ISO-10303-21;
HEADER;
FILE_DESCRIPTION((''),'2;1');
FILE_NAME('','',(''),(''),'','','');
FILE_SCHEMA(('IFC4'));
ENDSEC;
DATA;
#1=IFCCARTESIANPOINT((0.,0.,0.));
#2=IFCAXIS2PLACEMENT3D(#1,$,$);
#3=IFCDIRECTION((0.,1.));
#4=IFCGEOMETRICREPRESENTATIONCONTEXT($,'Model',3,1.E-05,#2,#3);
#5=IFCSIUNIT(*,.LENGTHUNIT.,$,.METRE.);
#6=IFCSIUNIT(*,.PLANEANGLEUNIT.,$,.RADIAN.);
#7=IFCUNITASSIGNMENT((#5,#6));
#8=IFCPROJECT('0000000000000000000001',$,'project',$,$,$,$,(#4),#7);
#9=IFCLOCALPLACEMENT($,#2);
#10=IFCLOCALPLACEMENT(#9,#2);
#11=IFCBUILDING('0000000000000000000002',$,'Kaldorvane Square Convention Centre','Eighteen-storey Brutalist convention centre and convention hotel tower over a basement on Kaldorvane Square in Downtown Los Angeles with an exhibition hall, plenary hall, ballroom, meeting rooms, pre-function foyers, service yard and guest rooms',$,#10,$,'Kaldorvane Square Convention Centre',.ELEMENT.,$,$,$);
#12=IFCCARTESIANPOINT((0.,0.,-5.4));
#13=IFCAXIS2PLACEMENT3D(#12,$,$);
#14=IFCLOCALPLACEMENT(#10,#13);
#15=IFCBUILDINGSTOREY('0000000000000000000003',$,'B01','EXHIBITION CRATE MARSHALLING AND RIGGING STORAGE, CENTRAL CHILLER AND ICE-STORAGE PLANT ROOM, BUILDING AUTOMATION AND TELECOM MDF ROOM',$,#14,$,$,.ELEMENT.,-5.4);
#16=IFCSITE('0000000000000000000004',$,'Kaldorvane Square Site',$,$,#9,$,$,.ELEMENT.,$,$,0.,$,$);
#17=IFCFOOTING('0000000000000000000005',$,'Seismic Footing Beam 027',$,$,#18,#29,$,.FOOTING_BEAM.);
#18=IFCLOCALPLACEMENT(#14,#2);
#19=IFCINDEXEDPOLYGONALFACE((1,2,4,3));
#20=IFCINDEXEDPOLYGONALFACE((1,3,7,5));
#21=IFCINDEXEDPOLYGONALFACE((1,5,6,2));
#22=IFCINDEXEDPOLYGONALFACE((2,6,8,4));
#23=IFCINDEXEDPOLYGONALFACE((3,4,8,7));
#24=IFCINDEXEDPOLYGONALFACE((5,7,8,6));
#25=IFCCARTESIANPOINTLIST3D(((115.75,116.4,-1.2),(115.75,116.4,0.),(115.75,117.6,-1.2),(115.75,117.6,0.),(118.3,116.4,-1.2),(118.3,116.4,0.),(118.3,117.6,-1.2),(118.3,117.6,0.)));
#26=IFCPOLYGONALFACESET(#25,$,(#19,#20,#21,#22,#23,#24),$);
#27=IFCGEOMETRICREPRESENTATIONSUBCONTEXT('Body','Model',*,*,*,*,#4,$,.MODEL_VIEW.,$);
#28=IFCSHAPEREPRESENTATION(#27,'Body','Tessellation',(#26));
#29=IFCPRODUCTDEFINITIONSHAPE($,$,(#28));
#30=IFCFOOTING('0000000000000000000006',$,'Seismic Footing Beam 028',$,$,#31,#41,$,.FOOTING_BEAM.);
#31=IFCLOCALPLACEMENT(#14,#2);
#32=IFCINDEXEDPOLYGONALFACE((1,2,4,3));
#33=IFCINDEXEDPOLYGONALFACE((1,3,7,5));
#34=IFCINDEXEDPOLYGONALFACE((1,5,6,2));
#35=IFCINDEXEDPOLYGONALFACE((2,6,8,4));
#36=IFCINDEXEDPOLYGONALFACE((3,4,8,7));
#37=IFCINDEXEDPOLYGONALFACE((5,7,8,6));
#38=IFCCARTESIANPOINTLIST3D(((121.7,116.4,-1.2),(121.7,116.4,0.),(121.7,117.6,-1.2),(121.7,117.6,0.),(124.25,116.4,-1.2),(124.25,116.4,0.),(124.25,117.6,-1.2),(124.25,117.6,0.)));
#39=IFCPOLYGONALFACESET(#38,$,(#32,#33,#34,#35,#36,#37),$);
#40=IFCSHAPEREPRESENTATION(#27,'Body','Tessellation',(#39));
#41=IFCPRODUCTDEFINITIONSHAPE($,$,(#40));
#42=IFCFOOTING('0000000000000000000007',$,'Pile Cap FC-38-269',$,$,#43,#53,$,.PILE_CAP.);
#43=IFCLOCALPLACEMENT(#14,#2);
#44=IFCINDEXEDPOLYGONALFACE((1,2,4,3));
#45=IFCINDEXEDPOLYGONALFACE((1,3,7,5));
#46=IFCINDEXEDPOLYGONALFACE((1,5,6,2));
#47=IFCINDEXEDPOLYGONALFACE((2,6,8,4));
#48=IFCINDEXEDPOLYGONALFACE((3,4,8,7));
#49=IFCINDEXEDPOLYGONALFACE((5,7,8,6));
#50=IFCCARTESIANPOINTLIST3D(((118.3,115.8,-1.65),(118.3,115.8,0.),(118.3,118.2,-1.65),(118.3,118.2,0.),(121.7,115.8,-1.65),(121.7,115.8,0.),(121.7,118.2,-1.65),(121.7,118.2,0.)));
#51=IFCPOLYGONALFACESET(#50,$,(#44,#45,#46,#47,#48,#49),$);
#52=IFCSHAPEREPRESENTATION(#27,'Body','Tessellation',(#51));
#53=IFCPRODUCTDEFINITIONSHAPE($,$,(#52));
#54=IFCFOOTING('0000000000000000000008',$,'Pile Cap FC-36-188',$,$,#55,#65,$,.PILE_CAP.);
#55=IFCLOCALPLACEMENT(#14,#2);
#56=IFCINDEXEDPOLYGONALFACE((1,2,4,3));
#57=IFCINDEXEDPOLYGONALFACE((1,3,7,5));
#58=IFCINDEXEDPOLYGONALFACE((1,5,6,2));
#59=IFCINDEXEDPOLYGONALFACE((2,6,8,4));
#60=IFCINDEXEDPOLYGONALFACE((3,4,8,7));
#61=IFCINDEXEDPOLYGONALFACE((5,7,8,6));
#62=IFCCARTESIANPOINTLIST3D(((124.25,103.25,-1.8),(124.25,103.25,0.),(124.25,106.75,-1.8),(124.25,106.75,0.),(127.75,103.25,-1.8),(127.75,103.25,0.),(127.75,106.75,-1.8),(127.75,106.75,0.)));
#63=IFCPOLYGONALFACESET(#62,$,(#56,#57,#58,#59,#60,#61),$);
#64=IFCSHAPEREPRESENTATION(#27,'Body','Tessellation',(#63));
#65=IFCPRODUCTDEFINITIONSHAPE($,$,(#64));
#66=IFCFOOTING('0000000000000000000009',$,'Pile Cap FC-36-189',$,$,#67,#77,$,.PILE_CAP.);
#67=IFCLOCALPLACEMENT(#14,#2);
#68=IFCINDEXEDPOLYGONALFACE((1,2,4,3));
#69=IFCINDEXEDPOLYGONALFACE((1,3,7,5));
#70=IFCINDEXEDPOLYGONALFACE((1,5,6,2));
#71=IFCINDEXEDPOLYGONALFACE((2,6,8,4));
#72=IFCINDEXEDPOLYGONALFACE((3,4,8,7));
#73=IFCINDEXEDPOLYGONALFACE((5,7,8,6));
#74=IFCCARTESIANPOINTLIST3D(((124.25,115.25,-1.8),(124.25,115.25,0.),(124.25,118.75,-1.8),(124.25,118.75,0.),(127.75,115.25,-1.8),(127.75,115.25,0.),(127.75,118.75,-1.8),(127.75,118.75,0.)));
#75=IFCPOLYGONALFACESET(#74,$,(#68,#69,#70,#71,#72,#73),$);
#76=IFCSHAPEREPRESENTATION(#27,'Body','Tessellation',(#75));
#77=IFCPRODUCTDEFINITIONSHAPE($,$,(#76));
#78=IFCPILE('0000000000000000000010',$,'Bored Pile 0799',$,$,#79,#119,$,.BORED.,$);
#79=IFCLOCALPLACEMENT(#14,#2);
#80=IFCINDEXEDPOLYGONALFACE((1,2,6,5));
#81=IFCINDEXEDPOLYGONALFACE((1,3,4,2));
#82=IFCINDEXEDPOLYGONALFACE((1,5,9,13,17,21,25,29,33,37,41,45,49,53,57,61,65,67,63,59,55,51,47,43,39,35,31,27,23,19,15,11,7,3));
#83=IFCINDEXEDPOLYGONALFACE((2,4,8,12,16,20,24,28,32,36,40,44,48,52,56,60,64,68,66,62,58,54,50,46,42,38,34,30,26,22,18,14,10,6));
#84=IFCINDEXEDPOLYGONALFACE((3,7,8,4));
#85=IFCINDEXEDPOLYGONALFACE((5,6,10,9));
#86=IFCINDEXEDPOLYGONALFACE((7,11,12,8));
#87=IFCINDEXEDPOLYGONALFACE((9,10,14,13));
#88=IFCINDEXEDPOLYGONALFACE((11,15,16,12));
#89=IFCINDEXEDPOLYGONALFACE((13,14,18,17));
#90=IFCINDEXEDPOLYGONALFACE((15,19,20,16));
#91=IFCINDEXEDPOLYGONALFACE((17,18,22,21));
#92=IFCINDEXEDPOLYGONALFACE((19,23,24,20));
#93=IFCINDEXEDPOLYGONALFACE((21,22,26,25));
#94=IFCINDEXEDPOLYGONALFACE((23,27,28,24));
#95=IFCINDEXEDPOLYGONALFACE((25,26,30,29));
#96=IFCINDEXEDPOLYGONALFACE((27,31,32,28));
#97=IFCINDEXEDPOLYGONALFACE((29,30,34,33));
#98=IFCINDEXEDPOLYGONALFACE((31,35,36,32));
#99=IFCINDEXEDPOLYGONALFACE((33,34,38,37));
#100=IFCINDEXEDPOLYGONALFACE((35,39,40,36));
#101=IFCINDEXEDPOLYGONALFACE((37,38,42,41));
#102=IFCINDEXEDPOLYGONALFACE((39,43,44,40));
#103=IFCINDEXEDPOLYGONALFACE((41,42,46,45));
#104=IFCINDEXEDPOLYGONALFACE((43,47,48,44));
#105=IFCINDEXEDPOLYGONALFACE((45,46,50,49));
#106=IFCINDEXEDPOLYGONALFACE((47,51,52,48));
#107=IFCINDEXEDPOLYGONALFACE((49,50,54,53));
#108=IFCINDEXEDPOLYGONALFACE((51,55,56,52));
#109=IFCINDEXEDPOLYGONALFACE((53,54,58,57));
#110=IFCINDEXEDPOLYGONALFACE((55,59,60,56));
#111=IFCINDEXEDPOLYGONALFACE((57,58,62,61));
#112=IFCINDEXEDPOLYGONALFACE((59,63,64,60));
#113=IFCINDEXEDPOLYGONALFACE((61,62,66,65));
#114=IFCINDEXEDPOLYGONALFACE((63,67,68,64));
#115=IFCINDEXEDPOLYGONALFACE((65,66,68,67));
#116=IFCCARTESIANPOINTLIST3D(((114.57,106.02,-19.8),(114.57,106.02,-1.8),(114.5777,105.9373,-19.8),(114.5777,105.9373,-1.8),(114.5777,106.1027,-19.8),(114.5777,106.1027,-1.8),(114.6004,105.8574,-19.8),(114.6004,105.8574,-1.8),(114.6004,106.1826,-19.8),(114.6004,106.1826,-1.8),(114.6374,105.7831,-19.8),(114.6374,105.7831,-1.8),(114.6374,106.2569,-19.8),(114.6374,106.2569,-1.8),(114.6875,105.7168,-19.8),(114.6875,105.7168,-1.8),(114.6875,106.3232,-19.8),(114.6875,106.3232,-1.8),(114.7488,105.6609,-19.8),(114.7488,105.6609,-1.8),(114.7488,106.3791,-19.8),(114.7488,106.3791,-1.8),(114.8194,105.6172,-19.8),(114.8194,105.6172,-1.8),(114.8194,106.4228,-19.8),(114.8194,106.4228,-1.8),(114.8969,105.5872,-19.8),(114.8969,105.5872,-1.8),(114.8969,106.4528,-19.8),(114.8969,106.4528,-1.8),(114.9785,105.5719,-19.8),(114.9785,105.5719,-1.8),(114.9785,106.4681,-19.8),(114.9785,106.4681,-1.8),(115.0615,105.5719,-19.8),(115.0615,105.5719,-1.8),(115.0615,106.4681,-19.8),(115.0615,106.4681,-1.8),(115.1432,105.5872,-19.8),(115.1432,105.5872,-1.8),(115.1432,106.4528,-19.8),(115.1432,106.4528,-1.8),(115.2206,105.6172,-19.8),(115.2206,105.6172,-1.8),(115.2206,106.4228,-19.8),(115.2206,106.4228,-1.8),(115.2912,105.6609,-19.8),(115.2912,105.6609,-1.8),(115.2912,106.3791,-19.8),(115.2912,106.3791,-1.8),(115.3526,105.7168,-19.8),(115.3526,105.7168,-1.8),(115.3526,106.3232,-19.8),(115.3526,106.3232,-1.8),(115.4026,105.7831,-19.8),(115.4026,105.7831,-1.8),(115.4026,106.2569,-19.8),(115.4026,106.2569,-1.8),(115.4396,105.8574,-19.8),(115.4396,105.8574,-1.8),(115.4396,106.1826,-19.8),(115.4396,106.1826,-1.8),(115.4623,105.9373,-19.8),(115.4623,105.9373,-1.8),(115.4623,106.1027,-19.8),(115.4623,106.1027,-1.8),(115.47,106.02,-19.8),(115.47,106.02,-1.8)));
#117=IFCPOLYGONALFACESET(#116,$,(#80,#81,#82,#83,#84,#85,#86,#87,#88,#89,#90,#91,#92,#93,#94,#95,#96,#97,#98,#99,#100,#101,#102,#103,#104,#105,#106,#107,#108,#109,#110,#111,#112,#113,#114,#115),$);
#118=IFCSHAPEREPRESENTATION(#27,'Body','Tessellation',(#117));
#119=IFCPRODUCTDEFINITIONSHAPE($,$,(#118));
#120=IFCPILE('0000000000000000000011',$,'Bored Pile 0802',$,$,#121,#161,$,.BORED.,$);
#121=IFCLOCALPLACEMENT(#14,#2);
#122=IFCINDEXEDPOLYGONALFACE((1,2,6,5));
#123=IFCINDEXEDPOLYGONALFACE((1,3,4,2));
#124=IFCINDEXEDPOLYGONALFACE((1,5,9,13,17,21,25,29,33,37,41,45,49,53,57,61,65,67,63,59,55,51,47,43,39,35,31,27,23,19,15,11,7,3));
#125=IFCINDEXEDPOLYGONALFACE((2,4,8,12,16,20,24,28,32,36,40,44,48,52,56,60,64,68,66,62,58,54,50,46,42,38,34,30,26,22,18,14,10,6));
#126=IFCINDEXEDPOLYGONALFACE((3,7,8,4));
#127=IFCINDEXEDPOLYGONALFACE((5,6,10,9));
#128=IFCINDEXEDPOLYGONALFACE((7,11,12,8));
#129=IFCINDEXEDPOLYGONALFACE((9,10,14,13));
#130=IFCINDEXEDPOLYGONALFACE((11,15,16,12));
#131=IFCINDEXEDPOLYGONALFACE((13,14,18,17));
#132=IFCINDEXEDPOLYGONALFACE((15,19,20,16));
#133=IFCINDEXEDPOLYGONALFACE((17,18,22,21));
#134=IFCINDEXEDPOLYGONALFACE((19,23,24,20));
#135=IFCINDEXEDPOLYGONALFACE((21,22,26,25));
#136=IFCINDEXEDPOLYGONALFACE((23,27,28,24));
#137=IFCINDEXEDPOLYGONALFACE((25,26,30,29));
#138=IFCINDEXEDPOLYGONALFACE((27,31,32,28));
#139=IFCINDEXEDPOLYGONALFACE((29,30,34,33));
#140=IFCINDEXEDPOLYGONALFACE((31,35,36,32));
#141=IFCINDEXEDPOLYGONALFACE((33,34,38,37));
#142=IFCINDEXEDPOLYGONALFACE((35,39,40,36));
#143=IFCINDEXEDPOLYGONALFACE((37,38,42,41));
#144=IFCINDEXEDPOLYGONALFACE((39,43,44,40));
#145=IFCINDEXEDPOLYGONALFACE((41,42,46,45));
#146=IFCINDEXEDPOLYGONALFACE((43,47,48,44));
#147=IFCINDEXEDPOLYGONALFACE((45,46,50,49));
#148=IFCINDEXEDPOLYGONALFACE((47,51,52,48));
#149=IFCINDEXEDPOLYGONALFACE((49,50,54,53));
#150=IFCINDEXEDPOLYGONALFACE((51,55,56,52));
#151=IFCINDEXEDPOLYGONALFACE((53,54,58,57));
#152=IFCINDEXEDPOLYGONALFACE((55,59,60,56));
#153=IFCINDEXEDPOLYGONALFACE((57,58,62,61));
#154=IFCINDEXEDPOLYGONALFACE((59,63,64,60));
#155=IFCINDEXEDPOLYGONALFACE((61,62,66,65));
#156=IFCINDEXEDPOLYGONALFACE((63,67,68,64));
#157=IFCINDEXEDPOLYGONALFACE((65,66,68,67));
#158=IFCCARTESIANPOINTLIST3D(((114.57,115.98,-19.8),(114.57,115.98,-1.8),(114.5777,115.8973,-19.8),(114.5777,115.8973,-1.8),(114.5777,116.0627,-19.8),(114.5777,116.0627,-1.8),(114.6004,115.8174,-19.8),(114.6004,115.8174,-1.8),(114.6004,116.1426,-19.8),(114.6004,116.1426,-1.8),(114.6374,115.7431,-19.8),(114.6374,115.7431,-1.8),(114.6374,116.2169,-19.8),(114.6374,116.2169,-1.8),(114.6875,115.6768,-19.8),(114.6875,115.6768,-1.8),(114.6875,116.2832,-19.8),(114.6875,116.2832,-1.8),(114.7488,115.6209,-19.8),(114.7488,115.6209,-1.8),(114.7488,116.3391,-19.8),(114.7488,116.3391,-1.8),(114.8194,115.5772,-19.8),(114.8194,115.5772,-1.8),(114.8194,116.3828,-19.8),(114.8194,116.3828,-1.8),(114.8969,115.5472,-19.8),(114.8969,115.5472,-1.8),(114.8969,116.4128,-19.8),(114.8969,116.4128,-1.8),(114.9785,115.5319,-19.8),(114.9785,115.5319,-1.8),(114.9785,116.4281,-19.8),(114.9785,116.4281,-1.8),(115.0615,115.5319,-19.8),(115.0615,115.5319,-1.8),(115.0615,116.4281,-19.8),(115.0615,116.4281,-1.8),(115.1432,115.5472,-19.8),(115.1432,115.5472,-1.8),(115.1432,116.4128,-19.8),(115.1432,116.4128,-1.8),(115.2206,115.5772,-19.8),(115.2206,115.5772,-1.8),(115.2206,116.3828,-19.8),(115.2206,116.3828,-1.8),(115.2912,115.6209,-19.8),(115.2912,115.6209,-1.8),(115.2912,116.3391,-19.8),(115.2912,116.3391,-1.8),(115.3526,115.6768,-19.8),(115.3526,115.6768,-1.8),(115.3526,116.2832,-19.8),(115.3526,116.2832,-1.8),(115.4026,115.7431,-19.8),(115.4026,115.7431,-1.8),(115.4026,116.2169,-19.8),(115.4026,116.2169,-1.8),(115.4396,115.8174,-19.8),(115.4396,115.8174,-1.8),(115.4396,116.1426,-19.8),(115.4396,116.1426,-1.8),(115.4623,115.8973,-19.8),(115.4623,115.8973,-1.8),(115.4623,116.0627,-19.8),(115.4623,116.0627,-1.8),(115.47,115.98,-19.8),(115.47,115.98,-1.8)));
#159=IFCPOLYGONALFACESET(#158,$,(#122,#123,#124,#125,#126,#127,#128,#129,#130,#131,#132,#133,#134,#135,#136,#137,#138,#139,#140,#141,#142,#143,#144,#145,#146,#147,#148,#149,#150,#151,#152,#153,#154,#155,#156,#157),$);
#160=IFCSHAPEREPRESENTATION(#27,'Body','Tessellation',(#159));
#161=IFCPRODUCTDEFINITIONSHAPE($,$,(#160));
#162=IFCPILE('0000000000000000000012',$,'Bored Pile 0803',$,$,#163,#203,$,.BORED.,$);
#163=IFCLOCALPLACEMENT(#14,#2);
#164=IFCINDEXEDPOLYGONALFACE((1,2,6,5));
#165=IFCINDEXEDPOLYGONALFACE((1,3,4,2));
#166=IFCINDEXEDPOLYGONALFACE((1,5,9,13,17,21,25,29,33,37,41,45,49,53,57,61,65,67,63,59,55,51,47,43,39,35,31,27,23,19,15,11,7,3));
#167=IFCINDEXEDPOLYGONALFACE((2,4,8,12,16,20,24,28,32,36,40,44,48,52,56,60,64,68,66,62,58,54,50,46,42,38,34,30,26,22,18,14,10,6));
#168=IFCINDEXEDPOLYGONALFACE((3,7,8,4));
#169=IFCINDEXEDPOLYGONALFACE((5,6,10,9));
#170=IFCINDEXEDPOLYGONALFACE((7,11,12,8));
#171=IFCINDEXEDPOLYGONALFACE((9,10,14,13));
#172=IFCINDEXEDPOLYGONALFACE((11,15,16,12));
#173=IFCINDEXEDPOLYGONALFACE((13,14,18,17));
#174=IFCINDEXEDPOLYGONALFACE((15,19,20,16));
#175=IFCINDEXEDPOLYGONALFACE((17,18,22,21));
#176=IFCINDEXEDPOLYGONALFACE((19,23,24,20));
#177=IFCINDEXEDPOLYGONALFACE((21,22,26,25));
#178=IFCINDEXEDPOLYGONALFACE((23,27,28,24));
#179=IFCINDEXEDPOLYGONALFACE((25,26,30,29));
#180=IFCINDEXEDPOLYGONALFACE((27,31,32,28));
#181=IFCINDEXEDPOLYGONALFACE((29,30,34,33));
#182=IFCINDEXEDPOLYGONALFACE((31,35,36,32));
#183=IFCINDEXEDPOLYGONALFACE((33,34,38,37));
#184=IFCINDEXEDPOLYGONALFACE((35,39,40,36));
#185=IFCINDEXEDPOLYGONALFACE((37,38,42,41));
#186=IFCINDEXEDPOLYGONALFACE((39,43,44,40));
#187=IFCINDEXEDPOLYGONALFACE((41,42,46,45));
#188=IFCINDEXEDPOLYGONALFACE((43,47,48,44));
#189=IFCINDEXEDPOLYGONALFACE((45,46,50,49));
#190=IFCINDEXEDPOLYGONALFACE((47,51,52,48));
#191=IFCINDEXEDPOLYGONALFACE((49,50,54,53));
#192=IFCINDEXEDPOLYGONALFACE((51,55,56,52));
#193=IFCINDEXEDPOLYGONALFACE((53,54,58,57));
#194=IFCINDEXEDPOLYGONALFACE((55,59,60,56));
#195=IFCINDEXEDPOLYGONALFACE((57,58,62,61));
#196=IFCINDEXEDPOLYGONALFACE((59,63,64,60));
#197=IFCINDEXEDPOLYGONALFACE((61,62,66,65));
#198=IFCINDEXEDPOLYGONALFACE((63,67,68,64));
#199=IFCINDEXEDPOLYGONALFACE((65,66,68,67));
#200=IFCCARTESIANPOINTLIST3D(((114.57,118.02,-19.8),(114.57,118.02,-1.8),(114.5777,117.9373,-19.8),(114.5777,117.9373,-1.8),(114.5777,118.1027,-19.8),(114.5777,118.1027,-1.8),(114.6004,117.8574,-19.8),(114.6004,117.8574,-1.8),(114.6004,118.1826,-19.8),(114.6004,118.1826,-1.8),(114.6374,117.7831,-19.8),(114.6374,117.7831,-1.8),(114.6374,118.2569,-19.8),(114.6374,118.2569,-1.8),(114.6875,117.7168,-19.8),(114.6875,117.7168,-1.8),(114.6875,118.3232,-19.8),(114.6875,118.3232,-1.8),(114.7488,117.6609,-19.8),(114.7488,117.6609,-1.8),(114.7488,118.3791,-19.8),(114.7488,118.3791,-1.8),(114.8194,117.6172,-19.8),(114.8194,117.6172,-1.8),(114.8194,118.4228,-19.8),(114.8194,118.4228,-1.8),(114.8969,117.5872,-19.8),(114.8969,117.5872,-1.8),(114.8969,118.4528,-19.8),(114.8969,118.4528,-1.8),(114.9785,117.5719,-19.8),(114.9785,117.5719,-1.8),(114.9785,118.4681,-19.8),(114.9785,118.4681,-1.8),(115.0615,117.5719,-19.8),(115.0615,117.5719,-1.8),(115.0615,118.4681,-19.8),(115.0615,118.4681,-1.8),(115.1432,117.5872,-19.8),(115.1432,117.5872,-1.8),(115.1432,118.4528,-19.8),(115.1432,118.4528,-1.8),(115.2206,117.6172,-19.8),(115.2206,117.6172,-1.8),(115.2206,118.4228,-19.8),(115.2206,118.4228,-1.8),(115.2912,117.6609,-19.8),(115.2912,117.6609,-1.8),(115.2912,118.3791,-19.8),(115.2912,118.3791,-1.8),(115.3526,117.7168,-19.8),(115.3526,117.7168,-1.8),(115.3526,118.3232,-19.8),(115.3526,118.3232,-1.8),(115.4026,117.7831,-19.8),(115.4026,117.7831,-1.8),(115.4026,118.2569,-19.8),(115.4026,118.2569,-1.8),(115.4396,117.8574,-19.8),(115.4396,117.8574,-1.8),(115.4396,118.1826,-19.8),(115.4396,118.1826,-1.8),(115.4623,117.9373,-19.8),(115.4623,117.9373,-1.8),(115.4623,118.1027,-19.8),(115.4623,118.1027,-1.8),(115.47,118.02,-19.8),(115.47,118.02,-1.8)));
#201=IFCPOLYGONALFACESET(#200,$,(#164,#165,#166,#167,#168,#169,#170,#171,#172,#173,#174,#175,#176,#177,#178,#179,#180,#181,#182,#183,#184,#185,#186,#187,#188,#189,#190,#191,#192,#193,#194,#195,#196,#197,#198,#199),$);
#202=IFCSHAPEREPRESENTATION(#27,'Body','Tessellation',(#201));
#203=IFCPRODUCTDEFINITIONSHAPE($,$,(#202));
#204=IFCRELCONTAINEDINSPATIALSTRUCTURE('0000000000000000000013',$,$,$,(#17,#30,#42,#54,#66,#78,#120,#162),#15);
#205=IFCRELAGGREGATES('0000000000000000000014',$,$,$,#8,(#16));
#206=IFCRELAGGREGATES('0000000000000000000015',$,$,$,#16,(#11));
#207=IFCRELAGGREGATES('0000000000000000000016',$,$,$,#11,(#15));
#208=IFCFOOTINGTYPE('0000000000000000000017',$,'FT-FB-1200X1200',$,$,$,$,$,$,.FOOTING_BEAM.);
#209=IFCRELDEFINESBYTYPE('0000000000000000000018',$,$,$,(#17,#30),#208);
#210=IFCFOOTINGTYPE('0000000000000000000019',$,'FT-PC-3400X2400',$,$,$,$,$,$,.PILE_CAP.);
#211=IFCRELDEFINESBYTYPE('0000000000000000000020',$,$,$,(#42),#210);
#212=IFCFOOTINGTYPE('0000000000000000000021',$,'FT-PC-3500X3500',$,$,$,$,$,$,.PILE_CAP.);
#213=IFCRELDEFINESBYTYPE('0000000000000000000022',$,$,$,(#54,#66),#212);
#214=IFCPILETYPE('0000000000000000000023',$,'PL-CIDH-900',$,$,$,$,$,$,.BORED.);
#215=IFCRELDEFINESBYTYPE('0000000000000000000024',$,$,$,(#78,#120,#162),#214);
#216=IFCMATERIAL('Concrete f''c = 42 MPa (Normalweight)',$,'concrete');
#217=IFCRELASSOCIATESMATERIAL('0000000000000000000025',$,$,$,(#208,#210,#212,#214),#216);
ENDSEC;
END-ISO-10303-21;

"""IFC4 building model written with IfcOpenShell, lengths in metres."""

from ifc_helpers import new_model, si_unit, direction, frame, origin, origin_2d, place, context, subcontext, project, spatial, rectangle, circle, extrude, material, material_profile, profile_set, type_object, element, save


model = new_model("IFC4")

# Units and contexts
model_context = context("Model", 3, precision=1e-05, world=origin(), true_north=direction((0.0, 1.0)))
body_context = subcontext(model_context, "Body", "Model", "MODEL_VIEW")
ifc_project = project(units=[si_unit("LENGTHUNIT", "METRE"), si_unit("PLANEANGLEUNIT", "RADIAN")], contexts=[model_context])

# Site, building, storey
site_placement = place(None, origin())
site = spatial("IfcSite", under=ifc_project, at=site_placement, Name="Kaldorvane Square Site", CompositionType="ELEMENT", RefElevation=0.0)
building_placement = place(site_placement, origin())
building = spatial("IfcBuilding", under=site, at=building_placement, Name="Kaldorvane Square Convention Centre", Description="Eighteen-storey Brutalist convention centre and convention hotel tower over a basement on Kaldorvane Square in Downtown Los Angeles with an exhibition hall, plenary hall, ballroom, meeting rooms, pre-function foyers, service yard and guest rooms", LongName="Kaldorvane Square Convention Centre", CompositionType="ELEMENT")
storey_placement = place(building_placement, frame((0.0, 0.0, -5.4)))
storey = spatial("IfcBuildingStorey", under=building, at=storey_placement, Name="B01", Description="EXHIBITION CRATE MARSHALLING AND RIGGING STORAGE, CENTRAL CHILLER AND ICE-STORAGE PLANT ROOM, BUILDING AUTOMATION AND TELECOM MDF ROOM", CompositionType="ELEMENT", Elevation=-5.4)

# Footings
ifc_material_1 = material(Name="Concrete f'c = 42 MPa (Normalweight)", Category="concrete")
footing_type_1 = type_object("IfcFootingType", Name="FT-FB-1200X1200", PredefinedType="FOOTING_BEAM", material=ifc_material_1)
for number, where, z_axis, x_axis, name in (
    (1, (117.025, 117.0, -1.2), (0.0, 0.0, 1.0), (1.0, 0.0, 0.0), "Seismic Footing Beam 027"),
    (2, (122.975, 117.0, -1.2), (0.0, 0.0, 1.0), (1.0, 0.0, 0.0), "Seismic Footing Beam 028"),
):
    element("IfcFooting", number, at=place(storey_placement, frame(where, z_axis=z_axis, x_axis=x_axis)), inside=storey, type_object=footing_type_1, Name=name, PredefinedType="FOOTING_BEAM", context=body_context, shape_type="SweptSolid", body=[
        extrude(rectangle(XDim=2.55, YDim=1.2, at=origin_2d()), origin(), (0.0, 0.0, 1.0), 1.2),
    ])
footing_type_2 = type_object("IfcFootingType", Name="FT-PC-3400X2400", PredefinedType="PILE_CAP", material=ifc_material_1)
footing_placement = place(storey_placement, frame((120.0, 117.0, -1.65), z_axis=(0.0, 0.0, 1.0), x_axis=(1.0, 0.0, 0.0)))
element("IfcFooting", 3, at=footing_placement, inside=storey, type_object=footing_type_2, Name="Pile Cap FC-38-269", PredefinedType="PILE_CAP", context=body_context, shape_type="SweptSolid", body=[
    extrude(rectangle(XDim=3.4, YDim=2.4, at=origin_2d()), origin(), (0.0, 0.0, 1.0), 1.65),
])
footing_type_3 = type_object("IfcFootingType", Name="FT-PC-3500X3500", PredefinedType="PILE_CAP", material=ifc_material_1)
for number, where, z_axis, x_axis, name in (
    (4, (126.0, 105.0, -1.8), (0.0, 0.0, 1.0), (1.0, 0.0, 0.0), "Pile Cap FC-36-188"),
    (5, (126.0, 117.0, -1.8), (0.0, 0.0, 1.0), (1.0, 0.0, 0.0), "Pile Cap FC-36-189"),
):
    element("IfcFooting", number, at=place(storey_placement, frame(where, z_axis=z_axis, x_axis=x_axis)), inside=storey, type_object=footing_type_3, Name=name, PredefinedType="PILE_CAP", context=body_context, shape_type="SweptSolid", body=[
        extrude(rectangle(XDim=3.5, YDim=3.5, at=origin_2d()), origin(), (0.0, 0.0, 1.0), 1.8),
    ])

# Piles
ifc_material_profile_1 = material_profile(ifc_material_1, circle(Radius=0.45, at=origin_2d()), Name="PILE-D900")
ifc_profile_set_1 = profile_set([ifc_material_profile_1], Name="Concrete f'c = 42 MPa (Normalweight)")
pile_type = type_object("IfcPileType", Name="PL-CIDH-900", PredefinedType="BORED", material=ifc_profile_set_1)
for number, where, z_axis, x_axis, name in (
    (6, (115.02, 106.02, -1.8), (0.0, 0.0, -1.0), (1.0, 0.0, 0.0), "Bored Pile 0799"),
    (7, (115.02, 115.98, -1.8), (0.0, 0.0, -1.0), (1.0, 0.0, 0.0), "Bored Pile 0802"),
    (8, (115.02, 118.02, -1.8), (0.0, 0.0, -1.0), (1.0, 0.0, 0.0), "Bored Pile 0803"),
):
    element("IfcPile", number, at=place(storey_placement, frame(where, z_axis=z_axis, x_axis=x_axis)), inside=storey, type_object=pile_type, Name=name, PredefinedType="BORED", context=body_context, shape_type="SweptSolid", body=[
        extrude(circle(Radius=0.45, at=origin_2d()), origin(), (0.0, 0.0, 1.0), 18.0),
    ])

save(model, "model.ifc")
